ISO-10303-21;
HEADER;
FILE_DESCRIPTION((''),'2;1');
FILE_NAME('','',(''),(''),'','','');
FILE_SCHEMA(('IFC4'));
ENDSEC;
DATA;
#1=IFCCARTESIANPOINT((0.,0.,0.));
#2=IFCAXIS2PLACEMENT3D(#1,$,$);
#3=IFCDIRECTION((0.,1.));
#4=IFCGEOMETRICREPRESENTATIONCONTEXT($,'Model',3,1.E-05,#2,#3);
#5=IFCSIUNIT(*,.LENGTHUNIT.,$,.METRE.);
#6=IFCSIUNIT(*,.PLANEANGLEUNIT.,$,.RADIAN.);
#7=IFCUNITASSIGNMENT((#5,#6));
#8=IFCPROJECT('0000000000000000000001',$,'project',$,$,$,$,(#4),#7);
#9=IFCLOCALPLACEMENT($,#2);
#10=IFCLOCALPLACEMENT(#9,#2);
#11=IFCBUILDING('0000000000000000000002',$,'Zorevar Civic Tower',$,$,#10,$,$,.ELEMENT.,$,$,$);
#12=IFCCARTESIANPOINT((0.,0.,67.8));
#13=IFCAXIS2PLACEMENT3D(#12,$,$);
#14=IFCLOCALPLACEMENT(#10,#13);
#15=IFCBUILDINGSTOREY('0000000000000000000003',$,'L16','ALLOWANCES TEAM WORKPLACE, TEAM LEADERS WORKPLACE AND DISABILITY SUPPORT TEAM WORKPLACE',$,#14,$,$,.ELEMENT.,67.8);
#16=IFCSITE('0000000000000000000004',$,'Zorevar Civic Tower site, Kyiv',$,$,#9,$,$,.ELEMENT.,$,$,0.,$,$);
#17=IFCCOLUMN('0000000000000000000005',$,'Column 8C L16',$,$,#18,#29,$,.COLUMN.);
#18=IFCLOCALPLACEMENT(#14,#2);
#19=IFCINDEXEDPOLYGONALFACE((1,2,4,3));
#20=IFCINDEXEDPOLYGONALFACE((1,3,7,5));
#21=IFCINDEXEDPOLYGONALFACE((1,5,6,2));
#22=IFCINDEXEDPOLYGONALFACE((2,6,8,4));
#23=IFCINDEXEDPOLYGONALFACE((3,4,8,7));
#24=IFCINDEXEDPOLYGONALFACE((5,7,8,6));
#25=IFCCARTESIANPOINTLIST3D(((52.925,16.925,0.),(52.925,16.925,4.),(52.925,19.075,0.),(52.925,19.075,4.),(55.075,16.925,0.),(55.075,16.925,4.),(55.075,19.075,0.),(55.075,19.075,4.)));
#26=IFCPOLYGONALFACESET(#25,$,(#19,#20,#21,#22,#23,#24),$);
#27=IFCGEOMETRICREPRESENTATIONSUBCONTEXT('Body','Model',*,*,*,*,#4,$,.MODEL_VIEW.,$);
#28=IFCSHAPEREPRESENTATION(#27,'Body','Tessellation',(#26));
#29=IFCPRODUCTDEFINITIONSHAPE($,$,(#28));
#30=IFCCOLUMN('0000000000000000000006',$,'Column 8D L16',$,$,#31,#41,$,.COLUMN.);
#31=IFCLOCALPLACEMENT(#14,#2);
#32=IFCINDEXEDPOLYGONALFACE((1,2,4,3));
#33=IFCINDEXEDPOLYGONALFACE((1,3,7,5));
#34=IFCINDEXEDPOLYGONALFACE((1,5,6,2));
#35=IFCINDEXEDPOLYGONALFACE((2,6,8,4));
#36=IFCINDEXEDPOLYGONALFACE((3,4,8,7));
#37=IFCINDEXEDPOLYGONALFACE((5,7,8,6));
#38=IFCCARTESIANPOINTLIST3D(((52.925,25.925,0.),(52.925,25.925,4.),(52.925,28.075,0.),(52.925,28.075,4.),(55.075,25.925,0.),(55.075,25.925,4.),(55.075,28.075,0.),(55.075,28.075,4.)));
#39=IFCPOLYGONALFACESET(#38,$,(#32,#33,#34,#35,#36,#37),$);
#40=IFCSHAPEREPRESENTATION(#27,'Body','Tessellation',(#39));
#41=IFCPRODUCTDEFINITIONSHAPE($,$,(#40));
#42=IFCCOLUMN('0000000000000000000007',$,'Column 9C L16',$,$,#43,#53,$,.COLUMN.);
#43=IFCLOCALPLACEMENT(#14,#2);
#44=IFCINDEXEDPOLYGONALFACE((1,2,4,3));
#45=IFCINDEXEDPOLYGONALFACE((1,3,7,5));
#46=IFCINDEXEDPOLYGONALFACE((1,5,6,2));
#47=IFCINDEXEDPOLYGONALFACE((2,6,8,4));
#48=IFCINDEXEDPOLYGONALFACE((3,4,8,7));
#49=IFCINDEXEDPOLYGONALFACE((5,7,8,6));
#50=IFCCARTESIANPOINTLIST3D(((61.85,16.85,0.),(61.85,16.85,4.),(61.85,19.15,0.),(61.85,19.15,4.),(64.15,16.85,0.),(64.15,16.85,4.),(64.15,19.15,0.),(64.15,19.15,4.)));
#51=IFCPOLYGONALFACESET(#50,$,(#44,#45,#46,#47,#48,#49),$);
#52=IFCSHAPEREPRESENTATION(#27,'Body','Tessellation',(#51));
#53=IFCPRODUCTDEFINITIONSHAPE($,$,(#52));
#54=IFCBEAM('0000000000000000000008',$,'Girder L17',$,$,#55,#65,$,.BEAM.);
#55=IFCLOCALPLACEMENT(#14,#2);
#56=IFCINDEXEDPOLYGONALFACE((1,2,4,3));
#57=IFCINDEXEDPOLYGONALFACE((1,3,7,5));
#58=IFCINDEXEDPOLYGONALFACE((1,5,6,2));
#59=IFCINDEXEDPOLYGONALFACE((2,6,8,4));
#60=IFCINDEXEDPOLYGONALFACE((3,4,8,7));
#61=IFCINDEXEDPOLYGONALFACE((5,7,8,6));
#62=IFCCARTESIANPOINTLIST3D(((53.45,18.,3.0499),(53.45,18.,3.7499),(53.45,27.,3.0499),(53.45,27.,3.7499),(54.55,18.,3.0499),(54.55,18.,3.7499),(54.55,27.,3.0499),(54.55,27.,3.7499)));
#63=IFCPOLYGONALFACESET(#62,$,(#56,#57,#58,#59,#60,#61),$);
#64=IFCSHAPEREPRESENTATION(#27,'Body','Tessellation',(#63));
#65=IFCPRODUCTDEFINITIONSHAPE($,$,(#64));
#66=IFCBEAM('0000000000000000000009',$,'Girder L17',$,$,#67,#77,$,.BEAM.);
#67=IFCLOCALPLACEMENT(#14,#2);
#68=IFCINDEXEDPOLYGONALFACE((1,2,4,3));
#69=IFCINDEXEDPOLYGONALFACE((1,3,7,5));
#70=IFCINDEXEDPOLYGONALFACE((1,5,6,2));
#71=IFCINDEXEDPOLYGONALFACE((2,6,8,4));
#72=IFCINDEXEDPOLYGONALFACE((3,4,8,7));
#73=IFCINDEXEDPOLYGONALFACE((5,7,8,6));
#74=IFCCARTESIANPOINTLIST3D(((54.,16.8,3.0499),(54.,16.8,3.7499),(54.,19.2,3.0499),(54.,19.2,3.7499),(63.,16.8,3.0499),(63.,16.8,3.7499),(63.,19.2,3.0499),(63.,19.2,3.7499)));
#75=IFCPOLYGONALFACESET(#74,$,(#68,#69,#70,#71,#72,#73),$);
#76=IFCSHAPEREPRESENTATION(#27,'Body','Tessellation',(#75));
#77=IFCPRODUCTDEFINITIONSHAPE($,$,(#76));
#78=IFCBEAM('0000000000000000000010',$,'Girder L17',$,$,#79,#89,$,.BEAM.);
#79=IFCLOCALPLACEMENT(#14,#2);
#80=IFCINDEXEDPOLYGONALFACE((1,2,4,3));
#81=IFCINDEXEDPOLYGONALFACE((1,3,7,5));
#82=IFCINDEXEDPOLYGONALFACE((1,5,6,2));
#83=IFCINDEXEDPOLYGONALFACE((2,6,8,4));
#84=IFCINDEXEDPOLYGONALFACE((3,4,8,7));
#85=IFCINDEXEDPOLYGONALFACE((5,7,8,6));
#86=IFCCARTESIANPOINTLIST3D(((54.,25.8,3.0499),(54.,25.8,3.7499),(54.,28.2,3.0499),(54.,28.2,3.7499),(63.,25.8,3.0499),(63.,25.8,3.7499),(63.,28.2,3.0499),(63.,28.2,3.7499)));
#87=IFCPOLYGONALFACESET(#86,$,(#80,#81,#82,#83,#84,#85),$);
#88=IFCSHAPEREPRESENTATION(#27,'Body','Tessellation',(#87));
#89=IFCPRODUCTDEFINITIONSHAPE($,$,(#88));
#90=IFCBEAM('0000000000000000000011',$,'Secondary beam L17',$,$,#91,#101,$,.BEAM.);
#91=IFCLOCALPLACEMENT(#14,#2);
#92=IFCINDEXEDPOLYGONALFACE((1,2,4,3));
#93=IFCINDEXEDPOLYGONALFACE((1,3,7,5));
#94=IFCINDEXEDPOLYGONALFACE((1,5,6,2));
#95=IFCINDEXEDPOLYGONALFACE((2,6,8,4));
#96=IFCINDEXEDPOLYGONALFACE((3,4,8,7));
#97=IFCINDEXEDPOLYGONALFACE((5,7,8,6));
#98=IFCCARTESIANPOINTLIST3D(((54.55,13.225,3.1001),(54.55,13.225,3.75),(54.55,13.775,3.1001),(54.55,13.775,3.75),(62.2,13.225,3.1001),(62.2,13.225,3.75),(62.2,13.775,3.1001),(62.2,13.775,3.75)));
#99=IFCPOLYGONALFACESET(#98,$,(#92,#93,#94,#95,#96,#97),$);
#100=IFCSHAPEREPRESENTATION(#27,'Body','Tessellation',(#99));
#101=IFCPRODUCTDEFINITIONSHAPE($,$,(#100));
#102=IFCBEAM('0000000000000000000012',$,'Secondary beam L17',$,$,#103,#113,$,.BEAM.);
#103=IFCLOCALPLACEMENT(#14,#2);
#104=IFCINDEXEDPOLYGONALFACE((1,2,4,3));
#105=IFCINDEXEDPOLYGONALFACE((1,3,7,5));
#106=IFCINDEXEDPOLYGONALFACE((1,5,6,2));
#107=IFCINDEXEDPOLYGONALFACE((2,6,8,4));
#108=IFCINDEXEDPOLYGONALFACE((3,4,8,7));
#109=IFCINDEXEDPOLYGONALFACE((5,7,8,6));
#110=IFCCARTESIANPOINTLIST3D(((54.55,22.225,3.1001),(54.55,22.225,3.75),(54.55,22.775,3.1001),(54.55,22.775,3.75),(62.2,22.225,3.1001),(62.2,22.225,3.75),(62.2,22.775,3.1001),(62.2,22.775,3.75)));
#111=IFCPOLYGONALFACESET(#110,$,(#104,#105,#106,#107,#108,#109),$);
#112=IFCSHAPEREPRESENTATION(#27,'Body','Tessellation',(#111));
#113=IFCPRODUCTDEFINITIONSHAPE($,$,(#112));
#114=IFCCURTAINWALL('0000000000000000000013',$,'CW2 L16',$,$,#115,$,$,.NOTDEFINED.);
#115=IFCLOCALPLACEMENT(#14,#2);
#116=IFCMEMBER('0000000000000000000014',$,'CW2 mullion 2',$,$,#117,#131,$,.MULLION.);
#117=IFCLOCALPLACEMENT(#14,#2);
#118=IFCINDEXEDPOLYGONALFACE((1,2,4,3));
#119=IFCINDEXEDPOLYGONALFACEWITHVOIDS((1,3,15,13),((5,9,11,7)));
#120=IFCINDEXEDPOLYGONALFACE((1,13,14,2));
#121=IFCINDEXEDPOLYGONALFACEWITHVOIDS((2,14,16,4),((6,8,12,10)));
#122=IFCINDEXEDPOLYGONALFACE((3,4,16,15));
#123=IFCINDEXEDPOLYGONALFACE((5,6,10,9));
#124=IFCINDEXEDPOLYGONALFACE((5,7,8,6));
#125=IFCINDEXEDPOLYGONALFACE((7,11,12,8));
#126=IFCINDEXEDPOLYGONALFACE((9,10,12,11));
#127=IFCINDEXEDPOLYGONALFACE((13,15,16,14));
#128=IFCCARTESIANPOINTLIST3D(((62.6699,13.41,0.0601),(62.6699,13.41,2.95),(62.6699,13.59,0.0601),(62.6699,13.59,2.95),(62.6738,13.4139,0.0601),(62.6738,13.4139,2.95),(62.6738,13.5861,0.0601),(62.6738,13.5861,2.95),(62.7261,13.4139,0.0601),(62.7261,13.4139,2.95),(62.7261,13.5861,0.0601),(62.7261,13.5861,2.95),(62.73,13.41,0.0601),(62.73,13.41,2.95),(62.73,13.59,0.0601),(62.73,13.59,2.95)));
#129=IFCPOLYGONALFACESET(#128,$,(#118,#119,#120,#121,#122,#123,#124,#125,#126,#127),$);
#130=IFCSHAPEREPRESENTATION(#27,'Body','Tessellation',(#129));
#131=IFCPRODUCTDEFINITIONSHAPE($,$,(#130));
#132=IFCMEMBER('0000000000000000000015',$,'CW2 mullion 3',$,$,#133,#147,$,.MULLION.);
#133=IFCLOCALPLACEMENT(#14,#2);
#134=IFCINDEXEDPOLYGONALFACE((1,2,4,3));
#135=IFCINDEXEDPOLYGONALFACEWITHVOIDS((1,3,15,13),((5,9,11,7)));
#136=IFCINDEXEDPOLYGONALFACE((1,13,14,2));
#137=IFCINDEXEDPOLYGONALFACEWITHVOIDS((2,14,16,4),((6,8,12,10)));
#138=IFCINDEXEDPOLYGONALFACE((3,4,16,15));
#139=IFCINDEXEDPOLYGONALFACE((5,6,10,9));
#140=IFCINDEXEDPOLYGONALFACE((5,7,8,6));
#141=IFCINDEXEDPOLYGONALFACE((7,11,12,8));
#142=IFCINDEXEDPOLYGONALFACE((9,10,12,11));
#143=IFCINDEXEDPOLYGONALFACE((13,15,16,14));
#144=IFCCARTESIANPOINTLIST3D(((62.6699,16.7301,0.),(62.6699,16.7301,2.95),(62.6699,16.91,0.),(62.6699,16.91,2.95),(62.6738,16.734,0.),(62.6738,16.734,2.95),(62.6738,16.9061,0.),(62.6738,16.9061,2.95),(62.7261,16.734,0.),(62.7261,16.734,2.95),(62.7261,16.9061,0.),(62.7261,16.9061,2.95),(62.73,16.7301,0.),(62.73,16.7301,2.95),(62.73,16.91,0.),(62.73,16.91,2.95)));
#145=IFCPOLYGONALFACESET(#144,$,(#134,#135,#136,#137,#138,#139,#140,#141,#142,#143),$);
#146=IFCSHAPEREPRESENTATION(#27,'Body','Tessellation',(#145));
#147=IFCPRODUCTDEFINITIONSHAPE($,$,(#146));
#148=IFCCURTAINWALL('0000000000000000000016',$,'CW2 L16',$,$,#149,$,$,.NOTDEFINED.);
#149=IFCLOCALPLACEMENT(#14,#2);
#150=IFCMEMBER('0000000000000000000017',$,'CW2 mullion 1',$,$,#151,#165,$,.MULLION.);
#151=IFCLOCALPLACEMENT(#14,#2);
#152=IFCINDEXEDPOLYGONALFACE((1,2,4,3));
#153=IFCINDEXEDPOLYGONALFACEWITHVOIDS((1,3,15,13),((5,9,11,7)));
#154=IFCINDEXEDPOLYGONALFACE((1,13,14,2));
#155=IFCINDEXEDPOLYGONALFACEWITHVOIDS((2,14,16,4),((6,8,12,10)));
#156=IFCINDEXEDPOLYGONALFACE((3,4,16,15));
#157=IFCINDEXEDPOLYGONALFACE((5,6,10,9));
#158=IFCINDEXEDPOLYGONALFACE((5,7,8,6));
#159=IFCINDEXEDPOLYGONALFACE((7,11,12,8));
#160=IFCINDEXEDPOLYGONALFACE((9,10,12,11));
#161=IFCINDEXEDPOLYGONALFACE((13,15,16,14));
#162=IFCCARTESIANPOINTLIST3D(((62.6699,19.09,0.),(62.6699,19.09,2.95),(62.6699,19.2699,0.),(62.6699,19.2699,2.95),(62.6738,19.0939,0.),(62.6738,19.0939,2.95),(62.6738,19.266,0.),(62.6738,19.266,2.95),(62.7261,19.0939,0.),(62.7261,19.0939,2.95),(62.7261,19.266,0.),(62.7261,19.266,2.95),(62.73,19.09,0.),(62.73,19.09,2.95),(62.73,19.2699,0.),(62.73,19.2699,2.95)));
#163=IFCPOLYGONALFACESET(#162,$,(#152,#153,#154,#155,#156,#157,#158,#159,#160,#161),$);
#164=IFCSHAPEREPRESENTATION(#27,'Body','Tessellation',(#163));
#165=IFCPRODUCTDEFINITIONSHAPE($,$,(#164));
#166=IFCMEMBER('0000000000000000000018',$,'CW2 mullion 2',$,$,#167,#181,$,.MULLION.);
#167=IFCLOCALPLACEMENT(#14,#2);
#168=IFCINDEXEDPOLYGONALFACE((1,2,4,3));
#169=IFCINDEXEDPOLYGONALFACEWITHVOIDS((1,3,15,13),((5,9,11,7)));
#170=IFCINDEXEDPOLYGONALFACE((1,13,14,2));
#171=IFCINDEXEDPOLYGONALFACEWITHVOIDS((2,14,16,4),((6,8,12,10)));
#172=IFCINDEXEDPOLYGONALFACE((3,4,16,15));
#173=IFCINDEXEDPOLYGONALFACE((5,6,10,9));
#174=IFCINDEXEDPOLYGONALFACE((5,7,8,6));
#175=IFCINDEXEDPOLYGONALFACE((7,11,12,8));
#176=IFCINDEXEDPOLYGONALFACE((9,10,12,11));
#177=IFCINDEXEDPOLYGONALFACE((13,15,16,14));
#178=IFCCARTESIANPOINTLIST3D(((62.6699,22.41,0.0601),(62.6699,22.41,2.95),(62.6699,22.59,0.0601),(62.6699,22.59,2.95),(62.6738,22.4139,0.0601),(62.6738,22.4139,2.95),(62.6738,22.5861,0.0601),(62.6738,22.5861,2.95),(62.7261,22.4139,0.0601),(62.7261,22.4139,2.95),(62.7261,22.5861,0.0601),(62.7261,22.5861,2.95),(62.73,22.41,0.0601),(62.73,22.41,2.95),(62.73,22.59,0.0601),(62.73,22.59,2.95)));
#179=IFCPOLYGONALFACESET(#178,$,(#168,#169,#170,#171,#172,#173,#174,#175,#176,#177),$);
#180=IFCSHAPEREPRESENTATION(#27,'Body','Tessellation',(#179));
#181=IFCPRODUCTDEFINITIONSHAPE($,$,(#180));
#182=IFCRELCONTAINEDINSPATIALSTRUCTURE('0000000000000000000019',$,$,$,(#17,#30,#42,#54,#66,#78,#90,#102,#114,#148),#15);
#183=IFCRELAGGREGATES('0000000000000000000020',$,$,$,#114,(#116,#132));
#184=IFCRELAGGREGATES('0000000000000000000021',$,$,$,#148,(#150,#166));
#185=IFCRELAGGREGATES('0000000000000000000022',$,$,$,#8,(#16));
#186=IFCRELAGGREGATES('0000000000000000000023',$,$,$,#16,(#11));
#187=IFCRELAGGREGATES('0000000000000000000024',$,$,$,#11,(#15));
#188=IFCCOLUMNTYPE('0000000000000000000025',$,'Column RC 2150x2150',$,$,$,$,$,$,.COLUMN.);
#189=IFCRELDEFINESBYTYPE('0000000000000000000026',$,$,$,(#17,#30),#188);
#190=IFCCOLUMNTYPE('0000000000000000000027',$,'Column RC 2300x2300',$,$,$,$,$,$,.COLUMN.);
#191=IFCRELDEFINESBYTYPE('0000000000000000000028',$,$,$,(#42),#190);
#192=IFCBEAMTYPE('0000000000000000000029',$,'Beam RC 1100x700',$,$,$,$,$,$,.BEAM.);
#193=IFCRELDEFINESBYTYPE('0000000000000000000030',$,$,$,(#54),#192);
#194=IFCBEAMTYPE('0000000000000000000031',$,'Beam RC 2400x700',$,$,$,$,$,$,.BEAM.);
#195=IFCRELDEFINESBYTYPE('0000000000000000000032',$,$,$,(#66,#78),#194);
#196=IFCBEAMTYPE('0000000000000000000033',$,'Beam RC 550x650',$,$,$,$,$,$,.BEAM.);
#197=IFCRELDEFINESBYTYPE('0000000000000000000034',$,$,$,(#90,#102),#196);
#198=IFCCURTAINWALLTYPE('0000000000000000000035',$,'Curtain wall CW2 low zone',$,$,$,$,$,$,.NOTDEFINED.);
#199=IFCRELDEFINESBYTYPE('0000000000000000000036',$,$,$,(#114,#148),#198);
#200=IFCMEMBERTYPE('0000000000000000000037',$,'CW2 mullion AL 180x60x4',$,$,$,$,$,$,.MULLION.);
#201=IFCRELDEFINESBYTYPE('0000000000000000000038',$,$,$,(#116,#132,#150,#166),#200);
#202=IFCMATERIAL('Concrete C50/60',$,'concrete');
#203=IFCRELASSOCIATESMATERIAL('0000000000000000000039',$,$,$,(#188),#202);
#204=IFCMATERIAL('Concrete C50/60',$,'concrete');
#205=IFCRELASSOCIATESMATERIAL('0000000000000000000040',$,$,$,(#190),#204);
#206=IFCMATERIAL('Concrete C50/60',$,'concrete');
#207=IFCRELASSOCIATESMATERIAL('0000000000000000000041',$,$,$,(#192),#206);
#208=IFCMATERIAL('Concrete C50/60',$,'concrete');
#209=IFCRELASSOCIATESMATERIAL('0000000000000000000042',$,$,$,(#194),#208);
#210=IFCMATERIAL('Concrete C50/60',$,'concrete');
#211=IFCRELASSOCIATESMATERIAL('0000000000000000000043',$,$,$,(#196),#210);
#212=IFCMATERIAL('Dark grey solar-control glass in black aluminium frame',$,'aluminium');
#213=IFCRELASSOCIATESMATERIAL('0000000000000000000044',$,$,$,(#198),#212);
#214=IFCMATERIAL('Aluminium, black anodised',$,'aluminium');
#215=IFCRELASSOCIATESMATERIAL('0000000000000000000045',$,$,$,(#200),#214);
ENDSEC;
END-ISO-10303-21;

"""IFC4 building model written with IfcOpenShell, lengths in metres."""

from ifc_helpers import new_model, si_unit, direction, frame, origin, origin_2d, place, context, subcontext, project, spatial, rectangle, hollow_rectangle, extrude, material, material_profile, profile_set, type_object, element, aggregate, save


model = new_model("IFC4")

# Units and contexts
model_context = context("Model", 3, precision=1e-05, world=origin(), true_north=direction((0.0, 1.0)))
body_context = subcontext(model_context, "Body", "Model", "MODEL_VIEW")
ifc_project = project(units=[si_unit("LENGTHUNIT", "METRE"), si_unit("PLANEANGLEUNIT", "RADIAN")], contexts=[model_context])

# Site, building, storey
site_placement = place(None, origin())
site = spatial("IfcSite", under=ifc_project, at=site_placement, Name="Zorevar Civic Tower site, Kyiv", CompositionType="ELEMENT", RefElevation=0.0)
building_placement = place(site_placement, origin())
building = spatial("IfcBuilding", under=site, at=building_placement, Name="Zorevar Civic Tower", CompositionType="ELEMENT")
storey_placement = place(building_placement, frame((0.0, 0.0, 67.8)))
storey = spatial("IfcBuildingStorey", under=building, at=storey_placement, Name="L16", Description="ALLOWANCES TEAM WORKPLACE, TEAM LEADERS WORKPLACE AND DISABILITY SUPPORT TEAM WORKPLACE", CompositionType="ELEMENT", Elevation=67.8)

# Columns
ifc_material_1 = material(Name="Concrete C50/60", Category="concrete")
ifc_material_profile_1 = material_profile(ifc_material_1, rectangle(XDim=2.1499, YDim=2.1499, at=origin_2d()), Name="RC 2150x2150")
ifc_profile_set_1 = profile_set([ifc_material_profile_1], Name="Concrete C50/60")
column_type_1 = type_object("IfcColumnType", Name="Column RC 2150x2150", PredefinedType="COLUMN", material=ifc_profile_set_1)
for number, where, z_axis, x_axis, name in (
    (1, (54.0, 18.0, 0.0), (0.0, 0.0, 1.0), (1.0, 0.0, 0.0), "Column 8C L16"),
    (2, (54.0, 27.0, 0.0), (0.0, 0.0, 1.0), (1.0, 0.0, 0.0), "Column 8D L16"),
):
    element("IfcColumn", number, at=place(storey_placement, frame(where, z_axis=z_axis, x_axis=x_axis)), inside=storey, type_object=column_type_1, Name=name, PredefinedType="COLUMN", context=body_context, shape_type="SweptSolid", body=[
        extrude(rectangle(XDim=2.1499, YDim=2.1499, at=origin_2d()), origin(), (0.0, 0.0, 1.0), 4.0),
    ])
ifc_material_2 = material(Name="Concrete C50/60", Category="concrete")
ifc_material_profile_2 = material_profile(ifc_material_2, rectangle(XDim=2.3, YDim=2.3, at=origin_2d()), Name="RC 2300x2300")
ifc_profile_set_2 = profile_set([ifc_material_profile_2], Name="Concrete C50/60")
column_type_2 = type_object("IfcColumnType", Name="Column RC 2300x2300", PredefinedType="COLUMN", material=ifc_profile_set_2)
column_placement = place(storey_placement, frame((63.0, 18.0, 0.0), z_axis=(0.0, 0.0, 1.0), x_axis=(1.0, 0.0, 0.0)))
element("IfcColumn", 3, at=column_placement, inside=storey, type_object=column_type_2, Name="Column 9C L16", PredefinedType="COLUMN", context=body_context, shape_type="SweptSolid", body=[
    extrude(rectangle(XDim=2.3, YDim=2.3, at=origin_2d()), origin(), (0.0, 0.0, 1.0), 4.0),
])

# Beams
ifc_material_3 = material(Name="Concrete C50/60", Category="concrete")
ifc_material_profile_3 = material_profile(ifc_material_3, rectangle(XDim=1.1001, YDim=0.7, at=origin_2d()), Name="RC 1100x700")
ifc_profile_set_3 = profile_set([ifc_material_profile_3], Name="Concrete C50/60")
beam_type_1 = type_object("IfcBeamType", Name="Beam RC 1100x700", PredefinedType="BEAM", material=ifc_profile_set_3)
beam_1_placement = place(storey_placement, frame((54.0, 18.0, 3.3999), z_axis=(0.0, 1.0, 0.0), x_axis=(-1.0, 0.0, 0.0)))
element("IfcBeam", 4, at=beam_1_placement, inside=storey, type_object=beam_type_1, Name="Girder L17", PredefinedType="BEAM", context=body_context, shape_type="SweptSolid", body=[
    extrude(rectangle(XDim=1.1001, YDim=0.7, at=origin_2d()), origin(), (0.0, 0.0, 1.0), 9.0),
])
ifc_material_4 = material(Name="Concrete C50/60", Category="concrete")
ifc_material_profile_4 = material_profile(ifc_material_4, rectangle(XDim=2.3999, YDim=0.7, at=origin_2d()), Name="RC 2400x700")
ifc_profile_set_4 = profile_set([ifc_material_profile_4], Name="Concrete C50/60")
beam_type_2 = type_object("IfcBeamType", Name="Beam RC 2400x700", PredefinedType="BEAM", material=ifc_profile_set_4)
for number, where, z_axis, x_axis, name in (
    (5, (54.0, 18.0, 3.3999), (1.0, 0.0, 0.0), (0.0, 1.0, 0.0), "Girder L17"),
    (6, (54.0, 27.0, 3.3999), (1.0, 0.0, 0.0), (0.0, 1.0, 0.0), "Girder L17"),
):
    element("IfcBeam", number, at=place(storey_placement, frame(where, z_axis=z_axis, x_axis=x_axis)), inside=storey, type_object=beam_type_2, Name=name, PredefinedType="BEAM", context=body_context, shape_type="SweptSolid", body=[
        extrude(rectangle(XDim=2.3999, YDim=0.7, at=origin_2d()), origin(), (0.0, 0.0, 1.0), 9.0),
    ])
ifc_material_5 = material(Name="Concrete C50/60", Category="concrete")
ifc_material_profile_5 = material_profile(ifc_material_5, rectangle(XDim=0.55, YDim=0.6499, at=origin_2d()), Name="RC 550x650")
ifc_profile_set_5 = profile_set([ifc_material_profile_5], Name="Concrete C50/60")
beam_type_3 = type_object("IfcBeamType", Name="Beam RC 550x650", PredefinedType="BEAM", material=ifc_profile_set_5)
for number, where, z_axis, x_axis, name in (
    (7, (54.55, 13.5, 3.425), (1.0, 0.0, 0.0), (0.0, 1.0, 0.0), "Secondary beam L17"),
    (8, (54.55, 22.5, 3.425), (1.0, 0.0, 0.0), (0.0, 1.0, 0.0), "Secondary beam L17"),
):
    element("IfcBeam", number, at=place(storey_placement, frame(where, z_axis=z_axis, x_axis=x_axis)), inside=storey, type_object=beam_type_3, Name=name, PredefinedType="BEAM", context=body_context, shape_type="SweptSolid", body=[
        extrude(rectangle(XDim=0.55, YDim=0.6499, at=origin_2d()), origin(), (0.0, 0.0, 1.0), 7.6499),
    ])

# Curtain walls, members
ifc_material_6 = material(Name="Dark grey solar-control glass in black aluminium frame", Category="aluminium")
curtain_wall_type = type_object("IfcCurtainWallType", Name="Curtain wall CW2 low zone", PredefinedType="NOTDEFINED", material=ifc_material_6)
curtain_wall_1_placement = place(storey_placement, origin())
curtain_wall_1 = element("IfcCurtainWall", 9, at=curtain_wall_1_placement, inside=storey, type_object=curtain_wall_type, Name="CW2 L16", PredefinedType="NOTDEFINED")
ifc_material_7 = material(Name="Aluminium, black anodised", Category="aluminium")
ifc_material_profile_6 = material_profile(ifc_material_7, hollow_rectangle(XDim=0.0601, YDim=0.1799, WallThickness=0.0039, at=origin_2d()), Name="AL 180x60x4")
ifc_profile_set_6 = profile_set([ifc_material_profile_6], Name="Aluminium, black anodised")
member_type_1 = type_object("IfcMemberType", Name="CW2 mullion AL 180x60x4", PredefinedType="MULLION", material=ifc_profile_set_6)
member_1_placement = place(storey_placement, frame((62.7, 13.5, 0.0601), z_axis=(0.0, 0.0, 1.0), x_axis=(-1.0, 0.0, 0.0)))
member_1 = element("IfcMember", 10, at=member_1_placement, type_object=member_type_1, Name="CW2 mullion 2", PredefinedType="MULLION", context=body_context, shape_type="SweptSolid", body=[
    extrude(hollow_rectangle(XDim=0.0601, YDim=0.1799, WallThickness=0.0039, at=origin_2d()), origin(), (0.0, 0.0, 1.0), 2.8899),
])
member_2_placement = place(storey_placement, frame((62.7, 16.8201, 0.0), z_axis=(0.0, 0.0, 1.0), x_axis=(-1.0, 0.0, 0.0)))
member_2 = element("IfcMember", 11, at=member_2_placement, type_object=member_type_1, Name="CW2 mullion 3", PredefinedType="MULLION", context=body_context, shape_type="SweptSolid", body=[
    extrude(hollow_rectangle(XDim=0.0601, YDim=0.1799, WallThickness=0.0039, at=origin_2d()), origin(), (0.0, 0.0, 1.0), 2.95),
])
curtain_wall_2_placement = place(storey_placement, origin())
curtain_wall_2 = element("IfcCurtainWall", 12, at=curtain_wall_2_placement, inside=storey, type_object=curtain_wall_type, Name="CW2 L16", PredefinedType="NOTDEFINED")
member_3_placement = place(storey_placement, frame((62.7, 19.1799, 0.0), z_axis=(0.0, 0.0, 1.0), x_axis=(-1.0, 0.0, 0.0)))
member_3 = element("IfcMember", 13, at=member_3_placement, type_object=member_type_1, Name="CW2 mullion 1", PredefinedType="MULLION", context=body_context, shape_type="SweptSolid", body=[
    extrude(hollow_rectangle(XDim=0.0601, YDim=0.1799, WallThickness=0.0039, at=origin_2d()), origin(), (0.0, 0.0, 1.0), 2.95),
])
member_4_placement = place(storey_placement, frame((62.7, 22.5, 0.0601), z_axis=(0.0, 0.0, 1.0), x_axis=(-1.0, 0.0, 0.0)))
member_4 = element("IfcMember", 14, at=member_4_placement, type_object=member_type_1, Name="CW2 mullion 2", PredefinedType="MULLION", context=body_context, shape_type="SweptSolid", body=[
    extrude(hollow_rectangle(XDim=0.0601, YDim=0.1799, WallThickness=0.0039, at=origin_2d()), origin(), (0.0, 0.0, 1.0), 2.8899),
])

aggregate(curtain_wall_1, [member_1, member_2])
aggregate(curtain_wall_2, [member_3, member_4])

save(model, "model.ifc")
